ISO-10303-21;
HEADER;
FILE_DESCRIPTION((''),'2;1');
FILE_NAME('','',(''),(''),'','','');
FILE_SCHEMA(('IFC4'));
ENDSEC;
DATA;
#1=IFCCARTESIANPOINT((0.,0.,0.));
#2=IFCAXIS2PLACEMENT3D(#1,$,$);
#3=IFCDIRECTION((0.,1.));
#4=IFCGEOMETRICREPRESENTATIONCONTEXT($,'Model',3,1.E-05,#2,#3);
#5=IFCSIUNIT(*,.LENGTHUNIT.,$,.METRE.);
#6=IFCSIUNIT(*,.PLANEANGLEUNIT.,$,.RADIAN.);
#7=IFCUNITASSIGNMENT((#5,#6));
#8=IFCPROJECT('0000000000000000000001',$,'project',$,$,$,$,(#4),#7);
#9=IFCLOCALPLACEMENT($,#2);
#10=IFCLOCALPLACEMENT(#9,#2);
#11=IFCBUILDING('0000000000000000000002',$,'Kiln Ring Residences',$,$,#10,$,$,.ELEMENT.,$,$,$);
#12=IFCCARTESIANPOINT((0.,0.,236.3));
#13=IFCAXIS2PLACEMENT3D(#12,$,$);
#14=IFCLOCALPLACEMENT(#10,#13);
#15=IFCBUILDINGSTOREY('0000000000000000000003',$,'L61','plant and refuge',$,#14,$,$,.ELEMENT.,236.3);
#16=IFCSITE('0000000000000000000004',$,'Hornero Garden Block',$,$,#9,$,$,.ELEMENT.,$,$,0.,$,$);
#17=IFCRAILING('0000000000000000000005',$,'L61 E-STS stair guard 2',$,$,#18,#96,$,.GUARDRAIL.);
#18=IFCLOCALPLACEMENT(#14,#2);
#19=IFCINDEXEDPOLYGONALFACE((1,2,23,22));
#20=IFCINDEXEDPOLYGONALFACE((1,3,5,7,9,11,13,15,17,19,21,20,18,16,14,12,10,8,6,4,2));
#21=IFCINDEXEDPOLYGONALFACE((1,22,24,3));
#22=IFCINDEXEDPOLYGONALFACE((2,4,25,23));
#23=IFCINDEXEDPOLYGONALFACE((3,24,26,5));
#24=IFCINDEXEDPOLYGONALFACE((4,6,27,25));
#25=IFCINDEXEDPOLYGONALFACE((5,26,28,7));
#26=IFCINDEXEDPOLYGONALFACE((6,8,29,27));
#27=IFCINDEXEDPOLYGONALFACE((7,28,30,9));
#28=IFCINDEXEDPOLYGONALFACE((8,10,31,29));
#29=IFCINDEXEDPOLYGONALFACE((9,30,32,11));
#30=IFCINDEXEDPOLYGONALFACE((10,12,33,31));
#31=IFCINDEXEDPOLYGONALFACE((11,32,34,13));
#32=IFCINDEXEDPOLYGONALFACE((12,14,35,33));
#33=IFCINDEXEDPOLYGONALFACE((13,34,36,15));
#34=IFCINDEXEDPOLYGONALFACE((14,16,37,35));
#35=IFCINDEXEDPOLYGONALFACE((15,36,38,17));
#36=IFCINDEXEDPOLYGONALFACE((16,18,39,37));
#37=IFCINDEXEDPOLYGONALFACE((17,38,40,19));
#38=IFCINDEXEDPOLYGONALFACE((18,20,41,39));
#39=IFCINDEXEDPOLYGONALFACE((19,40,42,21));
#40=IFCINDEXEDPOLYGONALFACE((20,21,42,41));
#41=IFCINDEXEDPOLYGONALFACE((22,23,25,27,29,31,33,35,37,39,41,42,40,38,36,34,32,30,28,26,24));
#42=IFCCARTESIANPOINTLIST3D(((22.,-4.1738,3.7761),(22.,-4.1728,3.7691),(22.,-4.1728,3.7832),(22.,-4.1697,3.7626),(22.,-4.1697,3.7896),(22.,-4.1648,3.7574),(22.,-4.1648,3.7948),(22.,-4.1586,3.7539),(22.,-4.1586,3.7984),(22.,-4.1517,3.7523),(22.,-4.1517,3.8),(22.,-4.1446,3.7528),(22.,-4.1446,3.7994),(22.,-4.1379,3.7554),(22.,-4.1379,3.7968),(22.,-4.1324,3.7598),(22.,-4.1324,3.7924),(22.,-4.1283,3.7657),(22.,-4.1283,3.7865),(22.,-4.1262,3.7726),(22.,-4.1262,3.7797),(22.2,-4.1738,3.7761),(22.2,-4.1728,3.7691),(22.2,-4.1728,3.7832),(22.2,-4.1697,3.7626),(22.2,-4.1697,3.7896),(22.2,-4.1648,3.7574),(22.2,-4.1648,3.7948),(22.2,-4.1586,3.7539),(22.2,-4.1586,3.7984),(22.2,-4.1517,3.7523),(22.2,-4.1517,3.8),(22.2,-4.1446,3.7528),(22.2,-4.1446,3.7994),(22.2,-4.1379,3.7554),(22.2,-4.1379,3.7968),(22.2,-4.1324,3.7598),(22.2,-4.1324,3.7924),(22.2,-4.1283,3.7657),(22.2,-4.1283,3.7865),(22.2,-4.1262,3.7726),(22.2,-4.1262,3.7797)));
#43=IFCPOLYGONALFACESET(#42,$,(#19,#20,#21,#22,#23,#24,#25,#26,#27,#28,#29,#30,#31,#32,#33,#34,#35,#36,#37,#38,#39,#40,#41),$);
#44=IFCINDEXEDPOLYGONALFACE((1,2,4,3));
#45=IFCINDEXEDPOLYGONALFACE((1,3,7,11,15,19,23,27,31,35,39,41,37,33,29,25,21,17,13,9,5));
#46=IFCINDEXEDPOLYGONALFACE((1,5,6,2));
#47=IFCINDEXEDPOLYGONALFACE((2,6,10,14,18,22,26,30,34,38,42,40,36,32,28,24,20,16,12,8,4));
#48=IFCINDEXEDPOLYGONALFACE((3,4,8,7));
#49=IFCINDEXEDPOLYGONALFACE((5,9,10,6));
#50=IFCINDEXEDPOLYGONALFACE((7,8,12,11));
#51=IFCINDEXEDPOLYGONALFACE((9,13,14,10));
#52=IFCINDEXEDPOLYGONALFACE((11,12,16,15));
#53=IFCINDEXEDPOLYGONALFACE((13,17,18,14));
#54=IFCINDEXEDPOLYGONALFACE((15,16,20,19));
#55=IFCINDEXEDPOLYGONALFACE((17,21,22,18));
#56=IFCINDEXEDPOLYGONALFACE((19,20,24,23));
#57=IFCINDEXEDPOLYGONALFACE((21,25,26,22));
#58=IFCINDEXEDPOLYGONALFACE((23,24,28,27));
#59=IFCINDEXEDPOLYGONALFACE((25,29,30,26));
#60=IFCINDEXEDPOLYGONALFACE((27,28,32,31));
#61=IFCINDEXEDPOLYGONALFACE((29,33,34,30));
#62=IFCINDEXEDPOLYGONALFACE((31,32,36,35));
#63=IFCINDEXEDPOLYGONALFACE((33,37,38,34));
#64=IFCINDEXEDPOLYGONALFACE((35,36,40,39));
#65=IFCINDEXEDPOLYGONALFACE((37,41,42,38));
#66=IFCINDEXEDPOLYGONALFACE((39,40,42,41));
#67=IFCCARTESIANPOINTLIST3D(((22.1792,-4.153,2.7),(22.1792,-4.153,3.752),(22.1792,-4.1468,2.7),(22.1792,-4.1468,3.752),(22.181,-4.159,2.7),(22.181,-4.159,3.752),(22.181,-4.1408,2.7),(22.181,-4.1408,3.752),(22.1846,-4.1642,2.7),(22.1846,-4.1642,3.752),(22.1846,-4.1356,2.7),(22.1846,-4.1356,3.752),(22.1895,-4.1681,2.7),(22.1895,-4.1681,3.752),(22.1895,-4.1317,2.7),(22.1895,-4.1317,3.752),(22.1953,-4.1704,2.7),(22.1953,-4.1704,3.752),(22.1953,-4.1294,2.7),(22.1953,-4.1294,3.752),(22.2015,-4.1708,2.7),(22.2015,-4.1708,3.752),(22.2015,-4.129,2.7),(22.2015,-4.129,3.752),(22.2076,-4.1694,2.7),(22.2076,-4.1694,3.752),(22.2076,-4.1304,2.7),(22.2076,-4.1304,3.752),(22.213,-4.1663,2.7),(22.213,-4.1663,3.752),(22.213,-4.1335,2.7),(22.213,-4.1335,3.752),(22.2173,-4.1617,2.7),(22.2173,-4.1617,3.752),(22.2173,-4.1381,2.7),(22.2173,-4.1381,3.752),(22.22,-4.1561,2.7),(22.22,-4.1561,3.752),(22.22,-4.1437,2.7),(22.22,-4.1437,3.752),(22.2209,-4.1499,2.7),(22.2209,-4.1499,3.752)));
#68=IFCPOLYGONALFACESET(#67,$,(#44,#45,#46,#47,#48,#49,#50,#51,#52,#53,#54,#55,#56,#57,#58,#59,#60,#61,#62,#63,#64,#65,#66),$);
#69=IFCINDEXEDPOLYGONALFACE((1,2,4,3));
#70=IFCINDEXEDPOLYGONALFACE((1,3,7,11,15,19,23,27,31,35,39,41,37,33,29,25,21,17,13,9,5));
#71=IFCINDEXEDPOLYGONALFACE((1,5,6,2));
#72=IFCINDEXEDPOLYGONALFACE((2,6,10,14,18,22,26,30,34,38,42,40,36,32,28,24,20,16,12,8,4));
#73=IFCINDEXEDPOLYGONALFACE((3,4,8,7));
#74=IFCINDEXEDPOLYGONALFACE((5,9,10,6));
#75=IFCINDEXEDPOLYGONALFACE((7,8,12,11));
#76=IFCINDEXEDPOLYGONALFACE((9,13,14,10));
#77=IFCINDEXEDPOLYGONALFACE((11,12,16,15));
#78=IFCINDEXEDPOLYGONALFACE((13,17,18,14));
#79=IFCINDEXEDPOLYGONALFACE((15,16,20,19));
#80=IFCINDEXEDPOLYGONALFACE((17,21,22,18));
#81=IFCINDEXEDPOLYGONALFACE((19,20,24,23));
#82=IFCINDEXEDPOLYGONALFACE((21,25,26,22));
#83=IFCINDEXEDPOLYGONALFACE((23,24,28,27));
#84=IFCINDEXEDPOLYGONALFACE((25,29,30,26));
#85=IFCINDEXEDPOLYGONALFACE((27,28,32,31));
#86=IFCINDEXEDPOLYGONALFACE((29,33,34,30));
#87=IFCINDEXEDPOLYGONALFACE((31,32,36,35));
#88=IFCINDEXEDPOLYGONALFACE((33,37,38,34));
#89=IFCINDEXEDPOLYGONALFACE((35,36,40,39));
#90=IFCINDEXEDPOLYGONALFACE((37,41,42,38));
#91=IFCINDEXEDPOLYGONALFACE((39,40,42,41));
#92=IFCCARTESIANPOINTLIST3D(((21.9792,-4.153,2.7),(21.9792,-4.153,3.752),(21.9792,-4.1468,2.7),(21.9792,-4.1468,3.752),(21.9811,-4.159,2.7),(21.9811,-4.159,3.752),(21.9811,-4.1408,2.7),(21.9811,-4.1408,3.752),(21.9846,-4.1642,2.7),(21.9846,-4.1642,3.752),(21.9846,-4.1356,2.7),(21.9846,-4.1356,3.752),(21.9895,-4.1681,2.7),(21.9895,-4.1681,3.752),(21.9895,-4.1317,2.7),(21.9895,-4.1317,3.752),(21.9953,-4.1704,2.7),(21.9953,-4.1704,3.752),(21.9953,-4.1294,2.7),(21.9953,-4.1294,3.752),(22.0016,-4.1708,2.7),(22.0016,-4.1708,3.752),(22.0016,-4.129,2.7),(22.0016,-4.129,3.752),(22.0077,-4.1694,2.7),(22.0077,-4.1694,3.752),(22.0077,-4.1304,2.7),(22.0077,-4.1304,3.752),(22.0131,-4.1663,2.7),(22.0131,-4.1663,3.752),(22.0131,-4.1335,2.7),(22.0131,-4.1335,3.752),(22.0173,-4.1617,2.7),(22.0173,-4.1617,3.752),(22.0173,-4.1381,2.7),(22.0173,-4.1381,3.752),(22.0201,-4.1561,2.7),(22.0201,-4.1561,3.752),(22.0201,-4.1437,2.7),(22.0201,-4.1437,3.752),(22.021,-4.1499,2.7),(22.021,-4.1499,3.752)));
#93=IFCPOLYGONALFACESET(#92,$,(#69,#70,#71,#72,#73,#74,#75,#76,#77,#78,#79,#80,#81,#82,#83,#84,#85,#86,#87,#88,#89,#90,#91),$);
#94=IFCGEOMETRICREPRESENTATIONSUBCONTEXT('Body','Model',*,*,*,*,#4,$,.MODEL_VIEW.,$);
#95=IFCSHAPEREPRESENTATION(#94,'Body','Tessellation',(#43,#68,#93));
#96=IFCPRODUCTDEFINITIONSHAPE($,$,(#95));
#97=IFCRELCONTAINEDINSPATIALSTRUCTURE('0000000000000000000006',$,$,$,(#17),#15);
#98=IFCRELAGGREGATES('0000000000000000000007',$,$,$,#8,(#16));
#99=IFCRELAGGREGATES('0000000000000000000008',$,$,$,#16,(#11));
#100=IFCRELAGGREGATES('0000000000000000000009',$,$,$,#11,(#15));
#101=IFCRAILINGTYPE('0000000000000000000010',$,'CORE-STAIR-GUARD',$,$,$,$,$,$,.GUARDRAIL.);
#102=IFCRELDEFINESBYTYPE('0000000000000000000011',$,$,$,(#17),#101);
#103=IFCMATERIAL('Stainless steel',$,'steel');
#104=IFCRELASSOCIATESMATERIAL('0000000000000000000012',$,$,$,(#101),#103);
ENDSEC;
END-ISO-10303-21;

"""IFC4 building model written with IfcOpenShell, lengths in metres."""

from ifc_helpers import new_model, si_unit, direction, frame, origin, origin_2d, place, context, subcontext, project, spatial, circle, extrude, material, type_object, element, save


model = new_model("IFC4")

# Units and contexts
model_context = context("Model", 3, precision=1e-05, world=origin(), true_north=direction((0.0, 1.0)))
body_context = subcontext(model_context, "Body", "Model", "MODEL_VIEW")
ifc_project = project(units=[si_unit("LENGTHUNIT", "METRE"), si_unit("PLANEANGLEUNIT", "RADIAN")], contexts=[model_context])

# Site, building, storey
site_placement = place(None, origin())
site = spatial("IfcSite", under=ifc_project, at=site_placement, Name="Hornero Garden Block", CompositionType="ELEMENT", RefElevation=0.0)
building_placement = place(site_placement, origin())
building = spatial("IfcBuilding", under=site, at=building_placement, Name="Kiln Ring Residences", CompositionType="ELEMENT")
storey_placement = place(building_placement, frame((0.0, 0.0, 236.3)))
storey = spatial("IfcBuildingStorey", under=building, at=storey_placement, Name="L61", Description="plant and refuge", CompositionType="ELEMENT", Elevation=236.3)

# Railing
ifc_material_1 = material(Name="Stainless steel", Category="steel")
railing_type_1 = type_object("IfcRailingType", Name="CORE-STAIR-GUARD", PredefinedType="GUARDRAIL", material=ifc_material_1)
railing_1_placement = place(storey_placement, frame((22.2, -4.1499, 2.7)))
element("IfcRailing", 1, at=railing_1_placement, inside=storey, type_object=railing_type_1, Name="L61 E-STS stair guard 2", PredefinedType="GUARDRAIL", context=body_context, shape_type="SweptSolid", body=[
    extrude(circle(Radius=0.0239, at=origin_2d()), frame((0.0, 0.0, 1.0762), z_axis=(-1.0, 0.0, 0.0), x_axis=(0.0, -1.0, 0.0)), (0.0, 0.0, 1.0), 0.2),
    extrude(circle(Radius=0.021, at=origin_2d()), origin(), (0.0, 0.0, 1.0), 1.052),
    extrude(circle(Radius=0.021, at=origin_2d()), frame((-0.2, 0.0, 0.0)), (0.0, 0.0, 1.0), 1.052),
])

save(model, "model.ifc")
